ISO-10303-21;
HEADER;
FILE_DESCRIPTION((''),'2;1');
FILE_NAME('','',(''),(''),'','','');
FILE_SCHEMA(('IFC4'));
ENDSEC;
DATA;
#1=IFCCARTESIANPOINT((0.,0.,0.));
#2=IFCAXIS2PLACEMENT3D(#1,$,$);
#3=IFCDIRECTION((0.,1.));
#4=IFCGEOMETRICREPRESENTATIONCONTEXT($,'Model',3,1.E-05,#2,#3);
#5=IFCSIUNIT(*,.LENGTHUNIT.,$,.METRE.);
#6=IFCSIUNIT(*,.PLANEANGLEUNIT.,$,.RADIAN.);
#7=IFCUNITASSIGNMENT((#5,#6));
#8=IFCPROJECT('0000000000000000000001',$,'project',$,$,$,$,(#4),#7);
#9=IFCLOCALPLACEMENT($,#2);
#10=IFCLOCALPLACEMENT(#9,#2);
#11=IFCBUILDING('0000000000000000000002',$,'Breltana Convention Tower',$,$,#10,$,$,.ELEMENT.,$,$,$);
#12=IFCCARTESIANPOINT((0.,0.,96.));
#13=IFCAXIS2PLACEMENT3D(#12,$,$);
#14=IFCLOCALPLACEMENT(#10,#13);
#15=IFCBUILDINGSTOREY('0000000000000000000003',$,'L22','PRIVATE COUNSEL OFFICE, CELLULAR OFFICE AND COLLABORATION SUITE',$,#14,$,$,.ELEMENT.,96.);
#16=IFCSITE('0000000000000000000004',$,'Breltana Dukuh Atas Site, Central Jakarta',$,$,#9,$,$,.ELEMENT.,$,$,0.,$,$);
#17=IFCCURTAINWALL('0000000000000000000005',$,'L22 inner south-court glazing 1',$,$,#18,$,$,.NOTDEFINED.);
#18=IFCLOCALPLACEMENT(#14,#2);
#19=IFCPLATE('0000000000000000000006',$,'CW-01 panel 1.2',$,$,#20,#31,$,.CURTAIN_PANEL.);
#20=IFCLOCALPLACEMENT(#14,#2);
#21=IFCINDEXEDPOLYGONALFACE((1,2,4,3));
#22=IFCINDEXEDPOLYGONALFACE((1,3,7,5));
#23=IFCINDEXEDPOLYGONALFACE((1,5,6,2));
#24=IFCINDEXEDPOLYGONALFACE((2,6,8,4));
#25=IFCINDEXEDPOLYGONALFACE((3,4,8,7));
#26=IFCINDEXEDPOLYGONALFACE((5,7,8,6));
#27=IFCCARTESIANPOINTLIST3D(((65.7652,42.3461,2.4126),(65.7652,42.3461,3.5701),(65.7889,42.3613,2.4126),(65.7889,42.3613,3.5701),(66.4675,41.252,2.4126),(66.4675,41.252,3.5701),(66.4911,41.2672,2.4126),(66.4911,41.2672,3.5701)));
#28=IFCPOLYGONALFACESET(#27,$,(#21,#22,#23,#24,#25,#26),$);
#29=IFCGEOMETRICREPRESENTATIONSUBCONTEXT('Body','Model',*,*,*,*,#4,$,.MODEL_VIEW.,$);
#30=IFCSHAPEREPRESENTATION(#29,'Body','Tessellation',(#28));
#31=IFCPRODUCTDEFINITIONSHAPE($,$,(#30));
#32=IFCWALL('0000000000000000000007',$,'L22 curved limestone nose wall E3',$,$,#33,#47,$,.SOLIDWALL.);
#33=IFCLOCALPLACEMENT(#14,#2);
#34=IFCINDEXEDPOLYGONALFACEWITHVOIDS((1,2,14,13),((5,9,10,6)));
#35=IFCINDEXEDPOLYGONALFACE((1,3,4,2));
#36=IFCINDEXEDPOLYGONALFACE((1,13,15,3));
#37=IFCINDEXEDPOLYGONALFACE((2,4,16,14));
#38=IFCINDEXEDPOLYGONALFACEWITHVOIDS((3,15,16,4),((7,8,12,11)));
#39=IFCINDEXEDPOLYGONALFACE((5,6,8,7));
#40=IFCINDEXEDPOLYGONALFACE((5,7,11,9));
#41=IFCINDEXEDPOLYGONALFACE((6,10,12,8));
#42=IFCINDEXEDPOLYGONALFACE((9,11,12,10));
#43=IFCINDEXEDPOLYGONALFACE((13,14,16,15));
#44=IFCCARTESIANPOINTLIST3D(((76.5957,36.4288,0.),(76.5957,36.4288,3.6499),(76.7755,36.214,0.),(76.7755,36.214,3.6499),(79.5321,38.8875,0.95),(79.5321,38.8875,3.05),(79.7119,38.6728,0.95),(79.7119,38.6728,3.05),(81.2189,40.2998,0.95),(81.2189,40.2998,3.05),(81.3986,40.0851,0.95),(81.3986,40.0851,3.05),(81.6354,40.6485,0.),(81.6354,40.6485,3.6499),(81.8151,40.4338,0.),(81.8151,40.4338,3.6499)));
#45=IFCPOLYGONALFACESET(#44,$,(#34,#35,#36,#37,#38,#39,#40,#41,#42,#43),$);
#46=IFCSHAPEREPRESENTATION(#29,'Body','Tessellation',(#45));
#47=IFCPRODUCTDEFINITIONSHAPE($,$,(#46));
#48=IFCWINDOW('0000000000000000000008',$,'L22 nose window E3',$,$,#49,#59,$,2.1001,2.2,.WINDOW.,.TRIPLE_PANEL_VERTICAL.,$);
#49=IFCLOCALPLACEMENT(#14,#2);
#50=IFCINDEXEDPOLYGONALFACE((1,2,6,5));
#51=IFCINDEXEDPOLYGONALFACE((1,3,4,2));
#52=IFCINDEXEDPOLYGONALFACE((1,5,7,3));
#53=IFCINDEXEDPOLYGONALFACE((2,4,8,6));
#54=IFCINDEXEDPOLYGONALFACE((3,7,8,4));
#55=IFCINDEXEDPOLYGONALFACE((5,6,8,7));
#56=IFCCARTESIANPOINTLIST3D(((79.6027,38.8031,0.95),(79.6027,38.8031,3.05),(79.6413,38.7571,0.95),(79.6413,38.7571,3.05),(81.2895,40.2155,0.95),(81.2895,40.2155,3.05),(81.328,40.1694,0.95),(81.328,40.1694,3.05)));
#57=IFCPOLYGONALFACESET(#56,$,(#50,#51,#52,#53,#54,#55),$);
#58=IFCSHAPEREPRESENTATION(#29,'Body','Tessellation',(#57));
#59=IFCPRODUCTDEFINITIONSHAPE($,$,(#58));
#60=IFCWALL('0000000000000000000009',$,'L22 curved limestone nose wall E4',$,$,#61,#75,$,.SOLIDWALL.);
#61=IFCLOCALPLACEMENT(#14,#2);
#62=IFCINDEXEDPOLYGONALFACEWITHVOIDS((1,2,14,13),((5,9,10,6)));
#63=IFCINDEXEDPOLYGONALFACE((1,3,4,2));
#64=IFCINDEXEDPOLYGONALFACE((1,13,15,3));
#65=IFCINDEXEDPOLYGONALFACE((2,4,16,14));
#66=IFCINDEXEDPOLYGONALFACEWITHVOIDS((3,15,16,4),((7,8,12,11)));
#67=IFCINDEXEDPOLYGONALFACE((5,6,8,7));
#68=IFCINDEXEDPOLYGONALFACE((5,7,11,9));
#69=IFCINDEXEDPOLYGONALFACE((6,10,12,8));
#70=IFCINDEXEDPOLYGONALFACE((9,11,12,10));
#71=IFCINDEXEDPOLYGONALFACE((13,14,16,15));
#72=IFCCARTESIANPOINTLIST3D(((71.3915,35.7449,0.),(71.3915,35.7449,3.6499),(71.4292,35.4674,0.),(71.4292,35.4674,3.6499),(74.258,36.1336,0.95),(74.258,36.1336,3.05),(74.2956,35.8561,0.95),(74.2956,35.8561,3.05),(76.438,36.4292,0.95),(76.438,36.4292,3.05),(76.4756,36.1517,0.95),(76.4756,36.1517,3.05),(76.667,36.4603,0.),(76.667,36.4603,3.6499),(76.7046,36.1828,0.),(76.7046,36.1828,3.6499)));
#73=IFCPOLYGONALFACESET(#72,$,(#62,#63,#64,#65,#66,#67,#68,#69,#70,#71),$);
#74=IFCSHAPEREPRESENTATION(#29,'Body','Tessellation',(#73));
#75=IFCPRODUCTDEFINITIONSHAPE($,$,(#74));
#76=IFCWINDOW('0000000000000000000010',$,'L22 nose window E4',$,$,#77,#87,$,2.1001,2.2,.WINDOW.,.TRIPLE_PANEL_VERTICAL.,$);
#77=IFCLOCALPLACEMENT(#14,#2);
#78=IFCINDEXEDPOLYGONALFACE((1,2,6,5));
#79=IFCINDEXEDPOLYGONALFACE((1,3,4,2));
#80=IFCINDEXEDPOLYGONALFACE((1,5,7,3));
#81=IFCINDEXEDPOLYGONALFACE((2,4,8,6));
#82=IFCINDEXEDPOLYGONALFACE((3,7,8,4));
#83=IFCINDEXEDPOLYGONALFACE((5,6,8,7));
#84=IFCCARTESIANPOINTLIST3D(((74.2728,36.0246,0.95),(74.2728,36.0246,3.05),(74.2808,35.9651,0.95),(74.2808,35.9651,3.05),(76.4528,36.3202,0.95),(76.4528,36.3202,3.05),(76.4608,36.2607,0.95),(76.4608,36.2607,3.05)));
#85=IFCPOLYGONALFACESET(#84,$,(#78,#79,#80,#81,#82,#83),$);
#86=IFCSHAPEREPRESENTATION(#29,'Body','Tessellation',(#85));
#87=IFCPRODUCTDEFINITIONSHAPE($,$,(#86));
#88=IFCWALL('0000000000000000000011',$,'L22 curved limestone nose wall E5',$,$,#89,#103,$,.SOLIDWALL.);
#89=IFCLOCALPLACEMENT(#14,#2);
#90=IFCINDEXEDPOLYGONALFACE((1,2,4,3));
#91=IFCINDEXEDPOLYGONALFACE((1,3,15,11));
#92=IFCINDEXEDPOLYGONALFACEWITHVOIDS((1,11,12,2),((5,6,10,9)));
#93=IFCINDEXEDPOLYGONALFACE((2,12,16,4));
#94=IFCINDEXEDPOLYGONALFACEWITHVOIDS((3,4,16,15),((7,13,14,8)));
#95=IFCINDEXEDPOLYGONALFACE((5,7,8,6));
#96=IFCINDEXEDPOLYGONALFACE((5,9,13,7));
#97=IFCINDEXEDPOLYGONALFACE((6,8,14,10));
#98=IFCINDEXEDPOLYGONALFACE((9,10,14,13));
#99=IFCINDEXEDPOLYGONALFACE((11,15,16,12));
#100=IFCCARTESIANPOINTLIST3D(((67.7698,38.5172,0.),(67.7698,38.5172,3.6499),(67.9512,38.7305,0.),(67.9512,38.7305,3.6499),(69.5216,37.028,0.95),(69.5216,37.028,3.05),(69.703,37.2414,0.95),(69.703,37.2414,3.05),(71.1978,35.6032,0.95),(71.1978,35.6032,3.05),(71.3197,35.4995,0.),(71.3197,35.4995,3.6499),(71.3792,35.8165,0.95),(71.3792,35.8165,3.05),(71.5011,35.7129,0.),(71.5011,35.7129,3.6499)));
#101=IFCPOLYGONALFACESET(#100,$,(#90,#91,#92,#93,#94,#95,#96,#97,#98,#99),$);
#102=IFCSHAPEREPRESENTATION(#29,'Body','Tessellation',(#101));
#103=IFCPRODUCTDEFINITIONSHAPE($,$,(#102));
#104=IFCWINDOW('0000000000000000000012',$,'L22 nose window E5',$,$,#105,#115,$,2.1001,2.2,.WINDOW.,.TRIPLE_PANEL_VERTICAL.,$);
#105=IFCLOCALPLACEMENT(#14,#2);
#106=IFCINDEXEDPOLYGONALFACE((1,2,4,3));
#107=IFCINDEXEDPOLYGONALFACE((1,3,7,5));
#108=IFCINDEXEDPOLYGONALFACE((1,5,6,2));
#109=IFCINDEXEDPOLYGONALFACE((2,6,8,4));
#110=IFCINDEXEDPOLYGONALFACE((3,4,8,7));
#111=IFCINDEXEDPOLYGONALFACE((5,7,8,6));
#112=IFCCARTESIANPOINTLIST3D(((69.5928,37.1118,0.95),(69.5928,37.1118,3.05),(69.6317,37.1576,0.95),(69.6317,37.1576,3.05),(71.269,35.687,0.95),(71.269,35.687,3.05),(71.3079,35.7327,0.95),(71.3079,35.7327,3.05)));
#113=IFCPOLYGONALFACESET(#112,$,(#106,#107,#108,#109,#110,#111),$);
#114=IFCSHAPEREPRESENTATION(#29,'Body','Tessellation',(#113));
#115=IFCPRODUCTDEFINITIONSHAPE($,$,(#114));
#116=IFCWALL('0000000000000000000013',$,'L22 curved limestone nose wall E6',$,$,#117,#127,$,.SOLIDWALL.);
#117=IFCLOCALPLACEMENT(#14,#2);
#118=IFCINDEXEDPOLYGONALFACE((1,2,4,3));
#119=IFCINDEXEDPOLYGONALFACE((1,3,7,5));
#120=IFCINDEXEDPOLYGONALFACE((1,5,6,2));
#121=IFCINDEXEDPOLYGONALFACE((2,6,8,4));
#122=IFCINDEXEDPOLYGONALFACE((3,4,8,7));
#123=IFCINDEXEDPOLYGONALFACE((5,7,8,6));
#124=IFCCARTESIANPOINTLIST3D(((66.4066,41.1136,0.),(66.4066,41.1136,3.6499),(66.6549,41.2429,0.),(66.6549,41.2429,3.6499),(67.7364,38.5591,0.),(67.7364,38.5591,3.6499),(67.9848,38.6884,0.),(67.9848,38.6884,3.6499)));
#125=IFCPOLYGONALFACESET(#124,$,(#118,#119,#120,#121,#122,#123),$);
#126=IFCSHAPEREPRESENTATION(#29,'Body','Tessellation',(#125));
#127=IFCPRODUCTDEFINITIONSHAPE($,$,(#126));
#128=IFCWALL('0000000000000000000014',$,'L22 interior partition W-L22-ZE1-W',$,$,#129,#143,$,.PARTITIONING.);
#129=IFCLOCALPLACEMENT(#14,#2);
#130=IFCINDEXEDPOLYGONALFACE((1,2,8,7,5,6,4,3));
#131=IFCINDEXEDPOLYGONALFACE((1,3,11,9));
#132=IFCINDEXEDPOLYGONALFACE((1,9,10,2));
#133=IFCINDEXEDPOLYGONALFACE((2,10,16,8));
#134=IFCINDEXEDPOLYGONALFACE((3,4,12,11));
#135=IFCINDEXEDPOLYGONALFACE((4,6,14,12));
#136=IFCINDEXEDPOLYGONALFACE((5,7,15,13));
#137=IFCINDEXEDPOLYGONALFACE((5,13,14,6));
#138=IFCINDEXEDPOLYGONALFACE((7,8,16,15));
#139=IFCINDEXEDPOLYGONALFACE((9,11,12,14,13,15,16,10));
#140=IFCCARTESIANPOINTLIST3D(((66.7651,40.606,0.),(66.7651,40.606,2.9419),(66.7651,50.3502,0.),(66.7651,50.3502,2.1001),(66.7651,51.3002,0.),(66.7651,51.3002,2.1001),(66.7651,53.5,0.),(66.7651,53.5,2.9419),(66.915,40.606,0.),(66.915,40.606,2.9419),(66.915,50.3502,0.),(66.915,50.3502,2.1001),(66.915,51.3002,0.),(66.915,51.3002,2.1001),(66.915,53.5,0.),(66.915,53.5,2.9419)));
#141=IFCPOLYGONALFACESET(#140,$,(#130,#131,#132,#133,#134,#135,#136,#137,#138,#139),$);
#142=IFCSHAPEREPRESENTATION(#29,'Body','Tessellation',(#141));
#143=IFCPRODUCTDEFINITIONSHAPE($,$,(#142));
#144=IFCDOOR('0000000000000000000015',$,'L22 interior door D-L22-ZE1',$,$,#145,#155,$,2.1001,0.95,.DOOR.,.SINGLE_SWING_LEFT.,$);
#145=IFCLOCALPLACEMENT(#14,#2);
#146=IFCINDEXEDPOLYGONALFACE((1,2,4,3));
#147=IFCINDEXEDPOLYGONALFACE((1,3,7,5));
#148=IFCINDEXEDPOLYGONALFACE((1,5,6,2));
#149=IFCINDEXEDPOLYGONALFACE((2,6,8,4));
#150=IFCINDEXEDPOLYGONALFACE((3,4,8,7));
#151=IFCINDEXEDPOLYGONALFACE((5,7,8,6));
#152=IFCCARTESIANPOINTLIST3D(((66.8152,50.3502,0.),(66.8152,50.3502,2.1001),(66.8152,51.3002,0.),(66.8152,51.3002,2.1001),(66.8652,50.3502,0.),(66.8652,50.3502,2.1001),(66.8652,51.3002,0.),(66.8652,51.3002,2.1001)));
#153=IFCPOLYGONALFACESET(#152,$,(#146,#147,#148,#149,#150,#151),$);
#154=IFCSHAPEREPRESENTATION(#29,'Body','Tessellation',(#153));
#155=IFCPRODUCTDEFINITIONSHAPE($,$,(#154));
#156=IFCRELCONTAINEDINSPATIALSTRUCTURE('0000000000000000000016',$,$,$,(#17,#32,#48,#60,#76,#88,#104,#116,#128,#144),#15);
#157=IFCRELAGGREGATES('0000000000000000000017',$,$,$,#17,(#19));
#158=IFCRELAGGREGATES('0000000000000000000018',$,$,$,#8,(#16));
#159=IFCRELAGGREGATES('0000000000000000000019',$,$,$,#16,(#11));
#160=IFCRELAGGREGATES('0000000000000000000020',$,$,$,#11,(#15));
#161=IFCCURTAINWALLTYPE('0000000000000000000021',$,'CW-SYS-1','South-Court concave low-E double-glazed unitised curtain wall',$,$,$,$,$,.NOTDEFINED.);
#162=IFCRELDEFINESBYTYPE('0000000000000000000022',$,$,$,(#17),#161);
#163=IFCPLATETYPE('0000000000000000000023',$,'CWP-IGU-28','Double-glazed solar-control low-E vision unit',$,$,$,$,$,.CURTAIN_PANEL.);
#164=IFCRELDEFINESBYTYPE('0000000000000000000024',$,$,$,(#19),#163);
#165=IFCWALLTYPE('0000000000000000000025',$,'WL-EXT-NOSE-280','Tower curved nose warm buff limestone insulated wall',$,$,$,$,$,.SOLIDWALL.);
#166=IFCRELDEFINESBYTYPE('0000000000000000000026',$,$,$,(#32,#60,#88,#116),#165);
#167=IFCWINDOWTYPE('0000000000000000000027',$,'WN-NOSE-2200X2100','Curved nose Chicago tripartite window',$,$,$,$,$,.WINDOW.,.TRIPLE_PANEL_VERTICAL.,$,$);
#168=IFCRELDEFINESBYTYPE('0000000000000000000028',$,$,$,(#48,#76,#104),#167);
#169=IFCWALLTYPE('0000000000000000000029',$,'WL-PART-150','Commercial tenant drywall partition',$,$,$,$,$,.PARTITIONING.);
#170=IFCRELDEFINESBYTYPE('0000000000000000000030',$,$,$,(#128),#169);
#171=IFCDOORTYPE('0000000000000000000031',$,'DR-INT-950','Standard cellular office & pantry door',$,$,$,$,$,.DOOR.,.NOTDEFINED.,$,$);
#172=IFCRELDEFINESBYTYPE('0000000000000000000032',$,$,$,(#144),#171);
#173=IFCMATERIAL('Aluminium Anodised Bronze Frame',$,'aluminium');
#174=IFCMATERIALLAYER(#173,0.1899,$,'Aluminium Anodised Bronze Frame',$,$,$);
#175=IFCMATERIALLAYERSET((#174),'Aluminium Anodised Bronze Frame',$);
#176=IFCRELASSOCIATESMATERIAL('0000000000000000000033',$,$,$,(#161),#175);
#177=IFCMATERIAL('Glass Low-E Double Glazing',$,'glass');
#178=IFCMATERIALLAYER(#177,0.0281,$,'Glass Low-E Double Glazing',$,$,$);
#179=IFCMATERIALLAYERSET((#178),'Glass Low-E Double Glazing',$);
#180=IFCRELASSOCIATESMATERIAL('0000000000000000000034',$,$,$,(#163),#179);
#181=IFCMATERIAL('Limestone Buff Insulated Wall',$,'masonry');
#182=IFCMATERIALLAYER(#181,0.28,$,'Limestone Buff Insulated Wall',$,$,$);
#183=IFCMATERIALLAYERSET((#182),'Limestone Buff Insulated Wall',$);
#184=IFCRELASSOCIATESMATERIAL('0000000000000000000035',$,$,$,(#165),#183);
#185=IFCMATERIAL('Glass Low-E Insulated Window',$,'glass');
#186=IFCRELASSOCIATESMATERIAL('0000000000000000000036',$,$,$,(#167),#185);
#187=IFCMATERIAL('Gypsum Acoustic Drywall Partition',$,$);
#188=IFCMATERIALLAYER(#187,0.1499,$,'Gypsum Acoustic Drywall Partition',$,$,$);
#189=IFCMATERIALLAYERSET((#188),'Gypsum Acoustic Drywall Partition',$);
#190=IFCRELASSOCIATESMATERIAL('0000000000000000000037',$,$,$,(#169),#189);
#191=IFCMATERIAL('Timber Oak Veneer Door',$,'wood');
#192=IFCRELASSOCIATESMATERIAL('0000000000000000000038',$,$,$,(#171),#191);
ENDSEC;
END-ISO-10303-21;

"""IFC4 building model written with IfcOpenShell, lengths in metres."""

from ifc_helpers import new_model, si_unit, direction, frame, frame_2d, origin, origin_2d, place, context, subcontext, project, spatial, rectangle, extrude, source, transform, mapped, material, layer, layer_set, type_object, type_shapes, element, fill, aggregate, save


model = new_model("IFC4")

# Units and contexts
model_context = context("Model", 3, precision=1e-05, world=origin(), true_north=direction((0.0, 1.0)))
body_context = subcontext(model_context, "Body", "Model", "MODEL_VIEW")
ifc_project = project(units=[si_unit("LENGTHUNIT", "METRE"), si_unit("PLANEANGLEUNIT", "RADIAN")], contexts=[model_context])

# Site, building, storey
site_placement = place(None, origin())
site = spatial("IfcSite", under=ifc_project, at=site_placement, Name="Breltana Dukuh Atas Site, Central Jakarta", CompositionType="ELEMENT", RefElevation=0.0)
building_placement = place(site_placement, origin())
building = spatial("IfcBuilding", under=site, at=building_placement, Name="Breltana Convention Tower", CompositionType="ELEMENT")
storey_placement = place(building_placement, frame((0.0, 0.0, 96.0)))
storey = spatial("IfcBuildingStorey", under=building, at=storey_placement, Name="L22", Description="PRIVATE COUNSEL OFFICE, CELLULAR OFFICE AND COLLABORATION SUITE", CompositionType="ELEMENT", Elevation=96.0)

# Curtain wall, plate
ifc_material_1 = material(Name="Aluminium Anodised Bronze Frame", Category="aluminium")
ifc_layer_1 = layer(ifc_material_1, 0.1899, Name="Aluminium Anodised Bronze Frame")
ifc_layer_set_1 = layer_set([ifc_layer_1], Name="Aluminium Anodised Bronze Frame")
curtain_wall_type = type_object("IfcCurtainWallType", Name="CW-SYS-1", Description="South-Court concave low-E double-glazed unitised curtain wall", PredefinedType="NOTDEFINED", material=ifc_layer_set_1)
curtain_wall_placement = place(storey_placement, origin())
curtain_wall = element("IfcCurtainWall", 1, at=curtain_wall_placement, inside=storey, type_object=curtain_wall_type, Name="L22 inner south-court glazing 1", PredefinedType="NOTDEFINED")
ifc_material_2 = material(Name="Glass Low-E Double Glazing", Category="glass")
ifc_layer_2 = layer(ifc_material_2, 0.0281, Name="Glass Low-E Double Glazing")
ifc_layer_set_2 = layer_set([ifc_layer_2], Name="Glass Low-E Double Glazing")
plate_type = type_object("IfcPlateType", Name="CWP-IGU-28", Description="Double-glazed solar-control low-E vision unit", PredefinedType="CURTAIN_PANEL", material=ifc_layer_set_2)
shared_shape_1 = source(origin(), body_context, "Body", "SweptSolid", [
    extrude(rectangle(XDim=1.3, YDim=0.0281, at=origin_2d()), origin(), (0.0, 0.0, 1.0), 1.1575),
])
plate_1_placement = place(storey_placement, frame((66.1282, 41.8066, 2.4126), z_axis=(0.0, 0.0, 1.0), x_axis=(-0.540177, 0.841551, 0.0)))
plate_1 = element("IfcPlate", 2, at=plate_1_placement, type_object=plate_type, Name="CW-01 panel 1.2", PredefinedType="CURTAIN_PANEL", context=body_context, shape_type="MappedRepresentation", body=[
    mapped(shared_shape_1, transform((0.0, 0.0, 0.0), scale=1.0)),
])
aggregate(curtain_wall, [plate_1])

# Walls, openings, windows
ifc_material_3 = material(Name="Limestone Buff Insulated Wall", Category="masonry")
ifc_layer_3 = layer(ifc_material_3, 0.28, Name="Limestone Buff Insulated Wall")
ifc_layer_set_3 = layer_set([ifc_layer_3], Name="Limestone Buff Insulated Wall")
wall_type_1 = type_object("IfcWallType", Name="WL-EXT-NOSE-280", Description="Tower curved nose warm buff limestone insulated wall", PredefinedType="SOLIDWALL", material=ifc_layer_set_3)
shared_shape_2 = source(origin(), body_context, "Body", "SweptSolid", [
    extrude(rectangle(XDim=6.573, YDim=0.28, at=frame_2d((3.2866, 0.0))), origin(), (0.0, 0.0, 1.0), 3.6499),
])
wall_1_placement = place(storey_placement, frame((81.7253, 40.5413, 0.0), z_axis=(0.0, 0.0, 1.0), x_axis=(-0.766715, -0.641987, 0.0)))
wall_1 = element("IfcWall", 3, at=wall_1_placement, inside=storey, type_object=wall_type_1, Name="L22 curved limestone nose wall E3", PredefinedType="SOLIDWALL", context=body_context, shape_type="MappedRepresentation", body=[
    mapped(shared_shape_2, transform((0.0, 0.0, 0.0), scale=1.0)),
])
opening_1_placement = place(wall_1_placement, frame((0.5432, 0.0, 0.95)))
opening_1 = element("IfcOpeningElement", 4, at=opening_1_placement, cuts=wall_1, PredefinedType="OPENING", context=body_context, shape_type="SweptSolid", body=[
    extrude(rectangle(XDim=2.2, YDim=2.1001, at=frame_2d((1.1001, 1.05))), frame((0.0, 0.1499, 0.0), z_axis=(0.0, -1.0, 0.0), x_axis=(1.0, 0.0, 0.0)), (0.0, 0.0, 1.0), 0.3),
])
ifc_material_4 = material(Name="Glass Low-E Insulated Window", Category="glass")
window_type = type_object("IfcWindowType", Name="WN-NOSE-2200X2100", Description="Curved nose Chicago tripartite window", PartitioningType="TRIPLE_PANEL_VERTICAL", PredefinedType="WINDOW", material=ifc_material_4)
shared_shape_3 = source(origin(), body_context, "Body", "SweptSolid", [
    extrude(rectangle(XDim=2.2, YDim=2.1001, at=frame_2d((1.1001, 1.05))), frame((0.0, 0.03, 0.0), z_axis=(0.0, -1.0, 0.0), x_axis=(1.0, 0.0, 0.0)), (0.0, 0.0, 1.0), 0.0601),
])
type_shapes(window_type, [shared_shape_3])
window_1_placement = place(opening_1_placement, origin())
window_1 = element("IfcWindow", 5, at=window_1_placement, inside=storey, type_object=window_type, Name="L22 nose window E3", OverallHeight=2.1001, OverallWidth=2.2, PartitioningType="TRIPLE_PANEL_VERTICAL", PredefinedType="WINDOW", context=body_context, shape_type="MappedRepresentation", body=[
    mapped(shared_shape_3, transform((0.0, 0.0, 0.0), scale=1.0)),
])
fill(opening_1, window_1)
shared_shape_4 = source(origin(), body_context, "Body", "SweptSolid", [
    extrude(rectangle(XDim=5.3237, YDim=0.28, at=frame_2d((2.6619, 0.0))), origin(), (0.0, 0.0, 1.0), 3.6499),
])
wall_2_placement = place(storey_placement, frame((76.6858, 36.3215, 0.0), z_axis=(0.0, 0.0, 1.0), x_axis=(-0.990931, -0.134368, 0.0)))
wall_2 = element("IfcWall", 6, at=wall_2_placement, inside=storey, type_object=wall_type_1, Name="L22 curved limestone nose wall E4", PredefinedType="SOLIDWALL", context=body_context, shape_type="MappedRepresentation", body=[
    mapped(shared_shape_4, transform((0.0, 0.0, 0.0), scale=1.0)),
])
opening_2_placement = place(wall_2_placement, frame((0.231, 0.0, 0.95)))
opening_2 = element("IfcOpeningElement", 7, at=opening_2_placement, cuts=wall_2, PredefinedType="OPENING", context=body_context, shape_type="SweptSolid", body=[
    extrude(rectangle(XDim=2.2, YDim=2.1001, at=frame_2d((1.1001, 1.05))), frame((0.0, 0.1499, 0.0), z_axis=(0.0, -1.0, 0.0), x_axis=(1.0, 0.0, 0.0)), (0.0, 0.0, 1.0), 0.3),
])
window_2_placement = place(opening_2_placement, origin())
window_2 = element("IfcWindow", 8, at=window_2_placement, inside=storey, type_object=window_type, Name="L22 nose window E4", OverallHeight=2.1001, OverallWidth=2.2, PartitioningType="TRIPLE_PANEL_VERTICAL", PredefinedType="WINDOW", context=body_context, shape_type="MappedRepresentation", body=[
    mapped(shared_shape_3, transform((0.0, 0.0, 0.0), scale=1.0)),
])
fill(opening_2, window_2)
shared_shape_5 = source(origin(), body_context, "Body", "SweptSolid", [
    extrude(rectangle(XDim=4.6592, YDim=0.28, at=frame_2d((2.3296, 0.0))), origin(), (0.0, 0.0, 1.0), 3.6499),
])
wall_3_placement = place(storey_placement, frame((71.4104, 35.6062, 0.0), z_axis=(0.0, 0.0, 1.0), x_axis=(-0.761913, 0.647679, 0.0)))
wall_3 = element("IfcWall", 9, at=wall_3_placement, inside=storey, type_object=wall_type_1, Name="L22 curved limestone nose wall E5", PredefinedType="SOLIDWALL", context=body_context, shape_type="MappedRepresentation", body=[
    mapped(shared_shape_5, transform((0.0, 0.0, 0.0), scale=1.0)),
])
opening_3_placement = place(wall_3_placement, frame((0.1599, 0.0, 0.95)))
opening_3 = element("IfcOpeningElement", 10, at=opening_3_placement, cuts=wall_3, PredefinedType="OPENING", context=body_context, shape_type="SweptSolid", body=[
    extrude(rectangle(XDim=2.2, YDim=2.1001, at=frame_2d((1.1001, 1.05))), frame((0.0, 0.1499, 0.0), z_axis=(0.0, -1.0, 0.0), x_axis=(1.0, 0.0, 0.0)), (0.0, 0.0, 1.0), 0.3),
])
window_3_placement = place(opening_3_placement, origin())
window_3 = element("IfcWindow", 11, at=window_3_placement, inside=storey, type_object=window_type, Name="L22 nose window E5", OverallHeight=2.1001, OverallWidth=2.2, PartitioningType="TRIPLE_PANEL_VERTICAL", PredefinedType="WINDOW", context=body_context, shape_type="MappedRepresentation", body=[
    mapped(shared_shape_3, transform((0.0, 0.0, 0.0), scale=1.0)),
])
fill(opening_3, window_3)

# Wall
shared_shape_6 = source(origin(), body_context, "Body", "SweptSolid", [
    extrude(rectangle(XDim=2.8799, YDim=0.28, at=frame_2d((1.4399, 0.0))), origin(), (0.0, 0.0, 1.0), 3.6499),
])
wall_4_placement = place(storey_placement, frame((67.8606, 38.6238, 0.0), z_axis=(0.0, 0.0, 1.0), x_axis=(-0.461769, 0.887, 0.0)))
element("IfcWall", 12, at=wall_4_placement, inside=storey, type_object=wall_type_1, Name="L22 curved limestone nose wall E6", PredefinedType="SOLIDWALL", context=body_context, shape_type="MappedRepresentation", body=[
    mapped(shared_shape_6, transform((0.0, 0.0, 0.0), scale=1.0)),
])

# Wall, opening, door
ifc_material_5 = material(Name="Gypsum Acoustic Drywall Partition")
ifc_layer_4 = layer(ifc_material_5, 0.1499, Name="Gypsum Acoustic Drywall Partition")
ifc_layer_set_4 = layer_set([ifc_layer_4], Name="Gypsum Acoustic Drywall Partition")
wall_type_2 = type_object("IfcWallType", Name="WL-PART-150", Description="Commercial tenant drywall partition", PredefinedType="PARTITIONING", material=ifc_layer_set_4)
shared_shape_7 = source(origin(), body_context, "Body", "SweptSolid", [
    extrude(rectangle(XDim=12.894, YDim=0.1499, at=frame_2d((6.447, 0.0))), origin(), (0.0, 0.0, 1.0), 2.9419),
])
wall_5_placement = place(storey_placement, frame((66.8401, 40.606, 0.0), z_axis=(0.0, 0.0, 1.0), x_axis=(0.0, 1.0, 0.0)))
wall_5 = element("IfcWall", 13, at=wall_5_placement, inside=storey, type_object=wall_type_2, Name="L22 interior partition W-L22-ZE1-W", PredefinedType="PARTITIONING", context=body_context, shape_type="MappedRepresentation", body=[
    mapped(shared_shape_7, transform((0.0, 0.0, 0.0), scale=1.0)),
])
opening_4_placement = place(wall_5_placement, frame((9.7441, 0.0, 0.0)))
opening_4 = element("IfcOpeningElement", 14, at=opening_4_placement, cuts=wall_5, PredefinedType="OPENING", context=body_context, shape_type="SweptSolid", body=[
    extrude(rectangle(XDim=0.95, YDim=2.1001, at=frame_2d((0.4751, 1.05))), frame((0.0, 0.085, 0.0), z_axis=(0.0, -1.0, 0.0), x_axis=(1.0, 0.0, 0.0)), (0.0, 0.0, 1.0), 0.1699),
])
ifc_material_6 = material(Name="Timber Oak Veneer Door", Category="wood")
door_type = type_object("IfcDoorType", Name="DR-INT-950", Description="Standard cellular office & pantry door", OperationType="NOTDEFINED", PredefinedType="DOOR", material=ifc_material_6)
shared_shape_8 = source(origin(), body_context, "Body", "SweptSolid", [
    extrude(rectangle(XDim=0.95, YDim=2.1001, at=frame_2d((0.4751, 1.05))), frame((0.0, 0.0249, 0.0), z_axis=(0.0, -1.0, 0.0), x_axis=(1.0, 0.0, 0.0)), (0.0, 0.0, 1.0), 0.05),
])
type_shapes(door_type, [shared_shape_8])
door_placement = place(opening_4_placement, origin())
door = element("IfcDoor", 15, at=door_placement, inside=storey, type_object=door_type, Name="L22 interior door D-L22-ZE1", OperationType="SINGLE_SWING_LEFT", OverallHeight=2.1001, OverallWidth=0.95, PredefinedType="DOOR", context=body_context, shape_type="MappedRepresentation", body=[
    mapped(shared_shape_8, transform((0.0, 0.0, 0.0), scale=1.0)),
])
fill(opening_4, door)

save(model, "model.ifc")
